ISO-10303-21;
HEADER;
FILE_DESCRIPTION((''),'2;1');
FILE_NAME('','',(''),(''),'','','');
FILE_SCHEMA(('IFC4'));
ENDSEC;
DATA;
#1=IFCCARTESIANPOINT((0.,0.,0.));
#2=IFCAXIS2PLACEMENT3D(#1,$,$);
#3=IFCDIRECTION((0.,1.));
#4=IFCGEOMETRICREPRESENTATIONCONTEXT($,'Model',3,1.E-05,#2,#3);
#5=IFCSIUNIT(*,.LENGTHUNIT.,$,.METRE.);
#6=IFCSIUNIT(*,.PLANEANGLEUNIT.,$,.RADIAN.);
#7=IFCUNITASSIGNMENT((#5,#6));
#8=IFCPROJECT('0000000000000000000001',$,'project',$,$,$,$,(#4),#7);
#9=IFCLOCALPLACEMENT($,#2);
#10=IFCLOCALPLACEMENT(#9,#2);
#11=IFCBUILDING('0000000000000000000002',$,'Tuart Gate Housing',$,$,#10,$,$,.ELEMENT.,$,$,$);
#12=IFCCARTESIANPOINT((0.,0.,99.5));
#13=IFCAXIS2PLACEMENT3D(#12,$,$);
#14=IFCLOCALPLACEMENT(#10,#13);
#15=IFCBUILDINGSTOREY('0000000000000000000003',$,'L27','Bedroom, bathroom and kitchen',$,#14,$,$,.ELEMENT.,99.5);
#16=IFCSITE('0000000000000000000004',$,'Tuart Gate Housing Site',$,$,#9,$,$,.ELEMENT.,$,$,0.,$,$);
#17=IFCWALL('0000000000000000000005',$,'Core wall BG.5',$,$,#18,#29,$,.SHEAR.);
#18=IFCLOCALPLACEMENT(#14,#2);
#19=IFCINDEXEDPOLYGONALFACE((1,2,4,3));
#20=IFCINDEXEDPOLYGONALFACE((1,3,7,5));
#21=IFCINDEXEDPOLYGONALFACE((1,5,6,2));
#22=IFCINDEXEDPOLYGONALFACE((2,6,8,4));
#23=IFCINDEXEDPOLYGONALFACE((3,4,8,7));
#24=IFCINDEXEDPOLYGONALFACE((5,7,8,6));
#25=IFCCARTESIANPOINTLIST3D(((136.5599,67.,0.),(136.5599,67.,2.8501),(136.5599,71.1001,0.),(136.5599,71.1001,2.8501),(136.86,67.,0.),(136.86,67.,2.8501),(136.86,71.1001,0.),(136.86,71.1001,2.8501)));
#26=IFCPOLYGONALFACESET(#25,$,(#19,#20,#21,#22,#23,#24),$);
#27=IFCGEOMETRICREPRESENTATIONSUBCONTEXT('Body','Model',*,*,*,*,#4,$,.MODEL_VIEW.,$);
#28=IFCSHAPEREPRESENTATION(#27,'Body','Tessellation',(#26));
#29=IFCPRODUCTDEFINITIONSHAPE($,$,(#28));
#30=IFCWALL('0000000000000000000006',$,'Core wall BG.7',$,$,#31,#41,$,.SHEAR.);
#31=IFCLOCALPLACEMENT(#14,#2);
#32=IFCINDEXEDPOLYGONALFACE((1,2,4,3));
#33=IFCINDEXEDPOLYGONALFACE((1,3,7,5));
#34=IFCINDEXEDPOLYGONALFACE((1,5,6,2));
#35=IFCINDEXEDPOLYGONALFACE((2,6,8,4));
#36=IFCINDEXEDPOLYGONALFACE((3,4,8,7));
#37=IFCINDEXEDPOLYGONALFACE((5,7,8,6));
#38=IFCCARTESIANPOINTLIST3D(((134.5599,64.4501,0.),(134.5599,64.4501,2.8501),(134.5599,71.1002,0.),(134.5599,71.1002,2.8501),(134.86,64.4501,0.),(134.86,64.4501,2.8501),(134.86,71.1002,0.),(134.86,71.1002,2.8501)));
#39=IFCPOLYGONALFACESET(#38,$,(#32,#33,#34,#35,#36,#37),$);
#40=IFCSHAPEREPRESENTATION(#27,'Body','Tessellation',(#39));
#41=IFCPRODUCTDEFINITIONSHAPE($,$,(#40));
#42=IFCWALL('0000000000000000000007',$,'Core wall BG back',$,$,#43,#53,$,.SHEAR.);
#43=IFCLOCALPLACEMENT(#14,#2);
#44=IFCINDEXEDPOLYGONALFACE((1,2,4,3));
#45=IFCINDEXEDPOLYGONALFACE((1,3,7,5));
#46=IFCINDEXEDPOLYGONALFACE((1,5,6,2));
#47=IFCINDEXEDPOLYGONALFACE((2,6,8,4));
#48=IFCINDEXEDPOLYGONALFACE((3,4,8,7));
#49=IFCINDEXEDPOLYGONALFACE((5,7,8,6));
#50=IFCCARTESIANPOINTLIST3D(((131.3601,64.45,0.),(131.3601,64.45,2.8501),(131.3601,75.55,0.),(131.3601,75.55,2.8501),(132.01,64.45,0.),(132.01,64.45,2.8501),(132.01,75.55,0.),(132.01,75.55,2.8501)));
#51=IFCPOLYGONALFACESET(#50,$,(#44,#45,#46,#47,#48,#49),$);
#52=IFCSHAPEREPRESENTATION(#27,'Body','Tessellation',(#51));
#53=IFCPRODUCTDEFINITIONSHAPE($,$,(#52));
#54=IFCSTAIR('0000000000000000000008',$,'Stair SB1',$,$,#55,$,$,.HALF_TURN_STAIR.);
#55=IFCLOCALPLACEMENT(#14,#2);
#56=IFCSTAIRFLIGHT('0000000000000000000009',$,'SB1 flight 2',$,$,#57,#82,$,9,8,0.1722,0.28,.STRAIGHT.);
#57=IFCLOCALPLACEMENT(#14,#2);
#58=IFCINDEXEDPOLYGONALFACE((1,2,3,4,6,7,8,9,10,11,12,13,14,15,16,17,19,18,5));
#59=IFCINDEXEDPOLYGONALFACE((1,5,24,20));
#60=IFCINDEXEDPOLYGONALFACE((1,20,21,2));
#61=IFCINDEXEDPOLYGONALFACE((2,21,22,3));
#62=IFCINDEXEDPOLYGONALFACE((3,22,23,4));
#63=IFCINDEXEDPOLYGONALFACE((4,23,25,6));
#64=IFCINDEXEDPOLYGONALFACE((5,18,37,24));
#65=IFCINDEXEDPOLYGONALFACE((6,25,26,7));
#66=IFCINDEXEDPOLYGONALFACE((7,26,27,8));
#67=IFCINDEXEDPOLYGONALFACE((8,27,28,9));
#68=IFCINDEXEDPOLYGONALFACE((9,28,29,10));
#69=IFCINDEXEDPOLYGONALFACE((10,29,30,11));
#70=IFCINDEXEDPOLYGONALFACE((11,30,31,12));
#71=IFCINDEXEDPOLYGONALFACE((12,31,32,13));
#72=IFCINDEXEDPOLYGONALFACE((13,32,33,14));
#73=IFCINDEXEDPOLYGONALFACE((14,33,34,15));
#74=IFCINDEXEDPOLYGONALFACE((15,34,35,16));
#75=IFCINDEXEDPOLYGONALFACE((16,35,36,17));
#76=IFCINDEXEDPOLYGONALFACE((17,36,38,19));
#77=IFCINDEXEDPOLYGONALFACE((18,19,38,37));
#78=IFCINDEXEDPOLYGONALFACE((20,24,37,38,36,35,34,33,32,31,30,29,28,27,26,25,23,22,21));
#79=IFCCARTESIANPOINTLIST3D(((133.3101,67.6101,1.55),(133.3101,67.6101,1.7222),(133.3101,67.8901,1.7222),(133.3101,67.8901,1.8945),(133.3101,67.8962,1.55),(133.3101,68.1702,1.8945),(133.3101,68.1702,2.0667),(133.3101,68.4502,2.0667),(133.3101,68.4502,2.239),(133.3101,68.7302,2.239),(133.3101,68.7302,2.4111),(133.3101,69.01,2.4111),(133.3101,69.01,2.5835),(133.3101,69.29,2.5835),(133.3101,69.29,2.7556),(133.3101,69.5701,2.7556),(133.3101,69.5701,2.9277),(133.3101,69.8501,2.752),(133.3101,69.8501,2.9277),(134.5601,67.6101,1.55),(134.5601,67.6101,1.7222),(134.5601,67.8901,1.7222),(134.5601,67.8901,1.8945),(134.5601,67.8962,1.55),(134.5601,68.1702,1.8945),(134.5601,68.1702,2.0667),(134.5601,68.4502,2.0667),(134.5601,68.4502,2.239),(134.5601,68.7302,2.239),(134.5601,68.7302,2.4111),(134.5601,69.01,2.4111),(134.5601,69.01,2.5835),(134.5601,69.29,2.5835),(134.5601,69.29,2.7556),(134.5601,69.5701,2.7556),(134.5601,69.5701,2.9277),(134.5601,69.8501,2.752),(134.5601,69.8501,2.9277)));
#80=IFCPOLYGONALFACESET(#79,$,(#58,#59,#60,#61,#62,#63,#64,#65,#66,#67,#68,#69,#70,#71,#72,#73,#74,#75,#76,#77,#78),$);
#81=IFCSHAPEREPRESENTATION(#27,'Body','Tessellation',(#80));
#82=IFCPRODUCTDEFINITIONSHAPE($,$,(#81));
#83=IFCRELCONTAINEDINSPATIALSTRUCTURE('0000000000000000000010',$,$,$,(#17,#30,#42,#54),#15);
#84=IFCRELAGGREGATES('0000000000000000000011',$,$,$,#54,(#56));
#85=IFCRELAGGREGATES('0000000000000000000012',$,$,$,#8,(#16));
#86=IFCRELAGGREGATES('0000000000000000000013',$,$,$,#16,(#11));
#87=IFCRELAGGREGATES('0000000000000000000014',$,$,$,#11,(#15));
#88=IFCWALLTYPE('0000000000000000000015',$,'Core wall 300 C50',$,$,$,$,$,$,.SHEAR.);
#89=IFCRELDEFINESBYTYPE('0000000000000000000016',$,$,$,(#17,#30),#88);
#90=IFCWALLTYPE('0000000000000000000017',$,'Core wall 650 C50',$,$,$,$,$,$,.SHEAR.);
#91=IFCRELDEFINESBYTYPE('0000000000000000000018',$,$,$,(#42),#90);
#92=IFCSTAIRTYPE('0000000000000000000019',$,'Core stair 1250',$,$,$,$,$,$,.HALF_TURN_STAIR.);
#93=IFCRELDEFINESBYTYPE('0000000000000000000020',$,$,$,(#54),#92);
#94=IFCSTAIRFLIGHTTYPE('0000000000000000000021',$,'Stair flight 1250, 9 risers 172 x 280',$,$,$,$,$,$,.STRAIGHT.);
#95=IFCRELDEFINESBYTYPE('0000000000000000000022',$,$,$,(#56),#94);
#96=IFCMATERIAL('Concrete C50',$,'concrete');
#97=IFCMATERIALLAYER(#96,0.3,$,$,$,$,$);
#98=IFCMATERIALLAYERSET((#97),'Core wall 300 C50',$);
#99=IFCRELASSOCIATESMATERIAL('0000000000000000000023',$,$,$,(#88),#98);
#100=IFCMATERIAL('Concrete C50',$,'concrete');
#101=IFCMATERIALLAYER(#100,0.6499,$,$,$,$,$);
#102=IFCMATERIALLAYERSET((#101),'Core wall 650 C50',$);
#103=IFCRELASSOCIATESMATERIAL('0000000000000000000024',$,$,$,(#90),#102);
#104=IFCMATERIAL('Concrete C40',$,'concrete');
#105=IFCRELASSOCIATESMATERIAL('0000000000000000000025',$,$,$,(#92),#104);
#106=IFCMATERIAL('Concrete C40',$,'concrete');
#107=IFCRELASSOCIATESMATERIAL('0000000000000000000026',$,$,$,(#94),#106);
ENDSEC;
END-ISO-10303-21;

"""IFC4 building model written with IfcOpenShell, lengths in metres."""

from ifc_helpers import new_model, si_unit, direction, frame, frame_2d, origin, place, context, subcontext, project, spatial, polyline, rectangle, outline, extrude, material, layer, layer_set, type_object, element, aggregate, save


model = new_model("IFC4")

# Units and contexts
model_context = context("Model", 3, precision=1e-05, world=origin(), true_north=direction((0.0, 1.0)))
body_context = subcontext(model_context, "Body", "Model", "MODEL_VIEW")
ifc_project = project(units=[si_unit("LENGTHUNIT", "METRE"), si_unit("PLANEANGLEUNIT", "RADIAN")], contexts=[model_context])

# Site, building, storey
site_placement = place(None, origin())
site = spatial("IfcSite", under=ifc_project, at=site_placement, Name="Tuart Gate Housing Site", CompositionType="ELEMENT", RefElevation=0.0)
building_placement = place(site_placement, origin())
building = spatial("IfcBuilding", under=site, at=building_placement, Name="Tuart Gate Housing", CompositionType="ELEMENT")
storey_placement = place(building_placement, frame((0.0, 0.0, 99.5)))
storey = spatial("IfcBuildingStorey", under=building, at=storey_placement, Name="L27", Description="Bedroom, bathroom and kitchen", CompositionType="ELEMENT", Elevation=99.5)

# Walls
ifc_material_1 = material(Name="Concrete C50", Category="concrete")
ifc_layer_1 = layer(ifc_material_1, 0.3)
ifc_layer_set_1 = layer_set([ifc_layer_1], Name="Core wall 300 C50")
wall_type_1 = type_object("IfcWallType", Name="Core wall 300 C50", PredefinedType="SHEAR", material=ifc_layer_set_1)
wall_1_placement = place(storey_placement, frame((136.71, 67.0, 0.0), z_axis=(0.0, 0.0, 1.0), x_axis=(0.0, 1.0, 0.0)))
element("IfcWall", 1, at=wall_1_placement, inside=storey, type_object=wall_type_1, Name="Core wall BG.5", PredefinedType="SHEAR", context=body_context, shape_type="SweptSolid", body=[
    extrude(rectangle(XDim=4.1001, YDim=0.3, at=frame_2d((2.05, 0.0))), origin(), (0.0, 0.0, 1.0), 2.8501),
])
wall_2_placement = place(storey_placement, frame((134.71, 64.45, 0.0), z_axis=(0.0, 0.0, 1.0), x_axis=(0.0, 1.0, 0.0)))
element("IfcWall", 2, at=wall_2_placement, inside=storey, type_object=wall_type_1, Name="Core wall BG.7", PredefinedType="SHEAR", context=body_context, shape_type="SweptSolid", body=[
    extrude(rectangle(XDim=6.6501, YDim=0.3, at=frame_2d((3.3252, 0.0))), origin(), (0.0, 0.0, 1.0), 2.8501),
])
ifc_material_2 = material(Name="Concrete C50", Category="concrete")
ifc_layer_2 = layer(ifc_material_2, 0.6499)
ifc_layer_set_2 = layer_set([ifc_layer_2], Name="Core wall 650 C50")
wall_type_2 = type_object("IfcWallType", Name="Core wall 650 C50", PredefinedType="SHEAR", material=ifc_layer_set_2)
wall_3_placement = place(storey_placement, frame((131.6851, 64.45, 0.0), z_axis=(0.0, 0.0, 1.0), x_axis=(0.0, 1.0, 0.0)))
element("IfcWall", 3, at=wall_3_placement, inside=storey, type_object=wall_type_2, Name="Core wall BG back", PredefinedType="SHEAR", context=body_context, shape_type="SweptSolid", body=[
    extrude(rectangle(XDim=11.1001, YDim=0.6499, at=frame_2d((5.55, 0.0))), origin(), (0.0, 0.0, 1.0), 2.8501),
])

# Stair, stair flight
ifc_material_3 = material(Name="Concrete C40", Category="concrete")
stair_type = type_object("IfcStairType", Name="Core stair 1250", PredefinedType="HALF_TURN_STAIR", material=ifc_material_3)
stair_placement = place(storey_placement, origin())
stair = element("IfcStair", 4, at=stair_placement, inside=storey, type_object=stair_type, Name="Stair SB1", PredefinedType="HALF_TURN_STAIR")
ifc_material_4 = material(Name="Concrete C40", Category="concrete")
stair_flight_type = type_object("IfcStairFlightType", Name="Stair flight 1250, 9 risers 172 x 280", PredefinedType="STRAIGHT", material=ifc_material_4)
stair_flight_placement = place(storey_placement, frame((133.9351, 67.6101, 1.55), z_axis=(0.0, 0.0, 1.0), x_axis=(0.0, 1.0, 0.0)))
stair_flight = element("IfcStairFlight", 5, at=stair_flight_placement, type_object=stair_flight_type, Name="SB1 flight 2", NumberOfRisers=9, NumberOfTreads=8, PredefinedType="STRAIGHT", RiserHeight=0.1722, TreadLength=0.28, context=body_context, shape_type="SweptSolid", body=[
    extrude(outline(polyline([(0.0, 0.0), (0.0, 0.1721), (0.28, 0.1721), (0.28, 0.3445), (0.5601, 0.3445), (0.5601, 0.5166), (0.8401, 0.5166), (0.8401, 0.689), (1.1201, 0.689), (1.1201, 0.8611), (1.3999, 0.8611), (1.3999, 1.0334), (1.6799, 1.0334), (1.6799, 1.2056), (1.96, 1.2056), (1.96, 1.3777), (2.24, 1.3777), (2.24, 1.55), (2.24, 1.2019), (0.2861, 0.0), (0.0, 0.0)])), frame((0.0, 0.625, 0.0), z_axis=(0.0, -1.0, 0.0), x_axis=(1.0, 0.0, 0.0)), (0.0, 0.0, 1.0), 1.25),
])
aggregate(stair, [stair_flight])

save(model, "model.ifc")
